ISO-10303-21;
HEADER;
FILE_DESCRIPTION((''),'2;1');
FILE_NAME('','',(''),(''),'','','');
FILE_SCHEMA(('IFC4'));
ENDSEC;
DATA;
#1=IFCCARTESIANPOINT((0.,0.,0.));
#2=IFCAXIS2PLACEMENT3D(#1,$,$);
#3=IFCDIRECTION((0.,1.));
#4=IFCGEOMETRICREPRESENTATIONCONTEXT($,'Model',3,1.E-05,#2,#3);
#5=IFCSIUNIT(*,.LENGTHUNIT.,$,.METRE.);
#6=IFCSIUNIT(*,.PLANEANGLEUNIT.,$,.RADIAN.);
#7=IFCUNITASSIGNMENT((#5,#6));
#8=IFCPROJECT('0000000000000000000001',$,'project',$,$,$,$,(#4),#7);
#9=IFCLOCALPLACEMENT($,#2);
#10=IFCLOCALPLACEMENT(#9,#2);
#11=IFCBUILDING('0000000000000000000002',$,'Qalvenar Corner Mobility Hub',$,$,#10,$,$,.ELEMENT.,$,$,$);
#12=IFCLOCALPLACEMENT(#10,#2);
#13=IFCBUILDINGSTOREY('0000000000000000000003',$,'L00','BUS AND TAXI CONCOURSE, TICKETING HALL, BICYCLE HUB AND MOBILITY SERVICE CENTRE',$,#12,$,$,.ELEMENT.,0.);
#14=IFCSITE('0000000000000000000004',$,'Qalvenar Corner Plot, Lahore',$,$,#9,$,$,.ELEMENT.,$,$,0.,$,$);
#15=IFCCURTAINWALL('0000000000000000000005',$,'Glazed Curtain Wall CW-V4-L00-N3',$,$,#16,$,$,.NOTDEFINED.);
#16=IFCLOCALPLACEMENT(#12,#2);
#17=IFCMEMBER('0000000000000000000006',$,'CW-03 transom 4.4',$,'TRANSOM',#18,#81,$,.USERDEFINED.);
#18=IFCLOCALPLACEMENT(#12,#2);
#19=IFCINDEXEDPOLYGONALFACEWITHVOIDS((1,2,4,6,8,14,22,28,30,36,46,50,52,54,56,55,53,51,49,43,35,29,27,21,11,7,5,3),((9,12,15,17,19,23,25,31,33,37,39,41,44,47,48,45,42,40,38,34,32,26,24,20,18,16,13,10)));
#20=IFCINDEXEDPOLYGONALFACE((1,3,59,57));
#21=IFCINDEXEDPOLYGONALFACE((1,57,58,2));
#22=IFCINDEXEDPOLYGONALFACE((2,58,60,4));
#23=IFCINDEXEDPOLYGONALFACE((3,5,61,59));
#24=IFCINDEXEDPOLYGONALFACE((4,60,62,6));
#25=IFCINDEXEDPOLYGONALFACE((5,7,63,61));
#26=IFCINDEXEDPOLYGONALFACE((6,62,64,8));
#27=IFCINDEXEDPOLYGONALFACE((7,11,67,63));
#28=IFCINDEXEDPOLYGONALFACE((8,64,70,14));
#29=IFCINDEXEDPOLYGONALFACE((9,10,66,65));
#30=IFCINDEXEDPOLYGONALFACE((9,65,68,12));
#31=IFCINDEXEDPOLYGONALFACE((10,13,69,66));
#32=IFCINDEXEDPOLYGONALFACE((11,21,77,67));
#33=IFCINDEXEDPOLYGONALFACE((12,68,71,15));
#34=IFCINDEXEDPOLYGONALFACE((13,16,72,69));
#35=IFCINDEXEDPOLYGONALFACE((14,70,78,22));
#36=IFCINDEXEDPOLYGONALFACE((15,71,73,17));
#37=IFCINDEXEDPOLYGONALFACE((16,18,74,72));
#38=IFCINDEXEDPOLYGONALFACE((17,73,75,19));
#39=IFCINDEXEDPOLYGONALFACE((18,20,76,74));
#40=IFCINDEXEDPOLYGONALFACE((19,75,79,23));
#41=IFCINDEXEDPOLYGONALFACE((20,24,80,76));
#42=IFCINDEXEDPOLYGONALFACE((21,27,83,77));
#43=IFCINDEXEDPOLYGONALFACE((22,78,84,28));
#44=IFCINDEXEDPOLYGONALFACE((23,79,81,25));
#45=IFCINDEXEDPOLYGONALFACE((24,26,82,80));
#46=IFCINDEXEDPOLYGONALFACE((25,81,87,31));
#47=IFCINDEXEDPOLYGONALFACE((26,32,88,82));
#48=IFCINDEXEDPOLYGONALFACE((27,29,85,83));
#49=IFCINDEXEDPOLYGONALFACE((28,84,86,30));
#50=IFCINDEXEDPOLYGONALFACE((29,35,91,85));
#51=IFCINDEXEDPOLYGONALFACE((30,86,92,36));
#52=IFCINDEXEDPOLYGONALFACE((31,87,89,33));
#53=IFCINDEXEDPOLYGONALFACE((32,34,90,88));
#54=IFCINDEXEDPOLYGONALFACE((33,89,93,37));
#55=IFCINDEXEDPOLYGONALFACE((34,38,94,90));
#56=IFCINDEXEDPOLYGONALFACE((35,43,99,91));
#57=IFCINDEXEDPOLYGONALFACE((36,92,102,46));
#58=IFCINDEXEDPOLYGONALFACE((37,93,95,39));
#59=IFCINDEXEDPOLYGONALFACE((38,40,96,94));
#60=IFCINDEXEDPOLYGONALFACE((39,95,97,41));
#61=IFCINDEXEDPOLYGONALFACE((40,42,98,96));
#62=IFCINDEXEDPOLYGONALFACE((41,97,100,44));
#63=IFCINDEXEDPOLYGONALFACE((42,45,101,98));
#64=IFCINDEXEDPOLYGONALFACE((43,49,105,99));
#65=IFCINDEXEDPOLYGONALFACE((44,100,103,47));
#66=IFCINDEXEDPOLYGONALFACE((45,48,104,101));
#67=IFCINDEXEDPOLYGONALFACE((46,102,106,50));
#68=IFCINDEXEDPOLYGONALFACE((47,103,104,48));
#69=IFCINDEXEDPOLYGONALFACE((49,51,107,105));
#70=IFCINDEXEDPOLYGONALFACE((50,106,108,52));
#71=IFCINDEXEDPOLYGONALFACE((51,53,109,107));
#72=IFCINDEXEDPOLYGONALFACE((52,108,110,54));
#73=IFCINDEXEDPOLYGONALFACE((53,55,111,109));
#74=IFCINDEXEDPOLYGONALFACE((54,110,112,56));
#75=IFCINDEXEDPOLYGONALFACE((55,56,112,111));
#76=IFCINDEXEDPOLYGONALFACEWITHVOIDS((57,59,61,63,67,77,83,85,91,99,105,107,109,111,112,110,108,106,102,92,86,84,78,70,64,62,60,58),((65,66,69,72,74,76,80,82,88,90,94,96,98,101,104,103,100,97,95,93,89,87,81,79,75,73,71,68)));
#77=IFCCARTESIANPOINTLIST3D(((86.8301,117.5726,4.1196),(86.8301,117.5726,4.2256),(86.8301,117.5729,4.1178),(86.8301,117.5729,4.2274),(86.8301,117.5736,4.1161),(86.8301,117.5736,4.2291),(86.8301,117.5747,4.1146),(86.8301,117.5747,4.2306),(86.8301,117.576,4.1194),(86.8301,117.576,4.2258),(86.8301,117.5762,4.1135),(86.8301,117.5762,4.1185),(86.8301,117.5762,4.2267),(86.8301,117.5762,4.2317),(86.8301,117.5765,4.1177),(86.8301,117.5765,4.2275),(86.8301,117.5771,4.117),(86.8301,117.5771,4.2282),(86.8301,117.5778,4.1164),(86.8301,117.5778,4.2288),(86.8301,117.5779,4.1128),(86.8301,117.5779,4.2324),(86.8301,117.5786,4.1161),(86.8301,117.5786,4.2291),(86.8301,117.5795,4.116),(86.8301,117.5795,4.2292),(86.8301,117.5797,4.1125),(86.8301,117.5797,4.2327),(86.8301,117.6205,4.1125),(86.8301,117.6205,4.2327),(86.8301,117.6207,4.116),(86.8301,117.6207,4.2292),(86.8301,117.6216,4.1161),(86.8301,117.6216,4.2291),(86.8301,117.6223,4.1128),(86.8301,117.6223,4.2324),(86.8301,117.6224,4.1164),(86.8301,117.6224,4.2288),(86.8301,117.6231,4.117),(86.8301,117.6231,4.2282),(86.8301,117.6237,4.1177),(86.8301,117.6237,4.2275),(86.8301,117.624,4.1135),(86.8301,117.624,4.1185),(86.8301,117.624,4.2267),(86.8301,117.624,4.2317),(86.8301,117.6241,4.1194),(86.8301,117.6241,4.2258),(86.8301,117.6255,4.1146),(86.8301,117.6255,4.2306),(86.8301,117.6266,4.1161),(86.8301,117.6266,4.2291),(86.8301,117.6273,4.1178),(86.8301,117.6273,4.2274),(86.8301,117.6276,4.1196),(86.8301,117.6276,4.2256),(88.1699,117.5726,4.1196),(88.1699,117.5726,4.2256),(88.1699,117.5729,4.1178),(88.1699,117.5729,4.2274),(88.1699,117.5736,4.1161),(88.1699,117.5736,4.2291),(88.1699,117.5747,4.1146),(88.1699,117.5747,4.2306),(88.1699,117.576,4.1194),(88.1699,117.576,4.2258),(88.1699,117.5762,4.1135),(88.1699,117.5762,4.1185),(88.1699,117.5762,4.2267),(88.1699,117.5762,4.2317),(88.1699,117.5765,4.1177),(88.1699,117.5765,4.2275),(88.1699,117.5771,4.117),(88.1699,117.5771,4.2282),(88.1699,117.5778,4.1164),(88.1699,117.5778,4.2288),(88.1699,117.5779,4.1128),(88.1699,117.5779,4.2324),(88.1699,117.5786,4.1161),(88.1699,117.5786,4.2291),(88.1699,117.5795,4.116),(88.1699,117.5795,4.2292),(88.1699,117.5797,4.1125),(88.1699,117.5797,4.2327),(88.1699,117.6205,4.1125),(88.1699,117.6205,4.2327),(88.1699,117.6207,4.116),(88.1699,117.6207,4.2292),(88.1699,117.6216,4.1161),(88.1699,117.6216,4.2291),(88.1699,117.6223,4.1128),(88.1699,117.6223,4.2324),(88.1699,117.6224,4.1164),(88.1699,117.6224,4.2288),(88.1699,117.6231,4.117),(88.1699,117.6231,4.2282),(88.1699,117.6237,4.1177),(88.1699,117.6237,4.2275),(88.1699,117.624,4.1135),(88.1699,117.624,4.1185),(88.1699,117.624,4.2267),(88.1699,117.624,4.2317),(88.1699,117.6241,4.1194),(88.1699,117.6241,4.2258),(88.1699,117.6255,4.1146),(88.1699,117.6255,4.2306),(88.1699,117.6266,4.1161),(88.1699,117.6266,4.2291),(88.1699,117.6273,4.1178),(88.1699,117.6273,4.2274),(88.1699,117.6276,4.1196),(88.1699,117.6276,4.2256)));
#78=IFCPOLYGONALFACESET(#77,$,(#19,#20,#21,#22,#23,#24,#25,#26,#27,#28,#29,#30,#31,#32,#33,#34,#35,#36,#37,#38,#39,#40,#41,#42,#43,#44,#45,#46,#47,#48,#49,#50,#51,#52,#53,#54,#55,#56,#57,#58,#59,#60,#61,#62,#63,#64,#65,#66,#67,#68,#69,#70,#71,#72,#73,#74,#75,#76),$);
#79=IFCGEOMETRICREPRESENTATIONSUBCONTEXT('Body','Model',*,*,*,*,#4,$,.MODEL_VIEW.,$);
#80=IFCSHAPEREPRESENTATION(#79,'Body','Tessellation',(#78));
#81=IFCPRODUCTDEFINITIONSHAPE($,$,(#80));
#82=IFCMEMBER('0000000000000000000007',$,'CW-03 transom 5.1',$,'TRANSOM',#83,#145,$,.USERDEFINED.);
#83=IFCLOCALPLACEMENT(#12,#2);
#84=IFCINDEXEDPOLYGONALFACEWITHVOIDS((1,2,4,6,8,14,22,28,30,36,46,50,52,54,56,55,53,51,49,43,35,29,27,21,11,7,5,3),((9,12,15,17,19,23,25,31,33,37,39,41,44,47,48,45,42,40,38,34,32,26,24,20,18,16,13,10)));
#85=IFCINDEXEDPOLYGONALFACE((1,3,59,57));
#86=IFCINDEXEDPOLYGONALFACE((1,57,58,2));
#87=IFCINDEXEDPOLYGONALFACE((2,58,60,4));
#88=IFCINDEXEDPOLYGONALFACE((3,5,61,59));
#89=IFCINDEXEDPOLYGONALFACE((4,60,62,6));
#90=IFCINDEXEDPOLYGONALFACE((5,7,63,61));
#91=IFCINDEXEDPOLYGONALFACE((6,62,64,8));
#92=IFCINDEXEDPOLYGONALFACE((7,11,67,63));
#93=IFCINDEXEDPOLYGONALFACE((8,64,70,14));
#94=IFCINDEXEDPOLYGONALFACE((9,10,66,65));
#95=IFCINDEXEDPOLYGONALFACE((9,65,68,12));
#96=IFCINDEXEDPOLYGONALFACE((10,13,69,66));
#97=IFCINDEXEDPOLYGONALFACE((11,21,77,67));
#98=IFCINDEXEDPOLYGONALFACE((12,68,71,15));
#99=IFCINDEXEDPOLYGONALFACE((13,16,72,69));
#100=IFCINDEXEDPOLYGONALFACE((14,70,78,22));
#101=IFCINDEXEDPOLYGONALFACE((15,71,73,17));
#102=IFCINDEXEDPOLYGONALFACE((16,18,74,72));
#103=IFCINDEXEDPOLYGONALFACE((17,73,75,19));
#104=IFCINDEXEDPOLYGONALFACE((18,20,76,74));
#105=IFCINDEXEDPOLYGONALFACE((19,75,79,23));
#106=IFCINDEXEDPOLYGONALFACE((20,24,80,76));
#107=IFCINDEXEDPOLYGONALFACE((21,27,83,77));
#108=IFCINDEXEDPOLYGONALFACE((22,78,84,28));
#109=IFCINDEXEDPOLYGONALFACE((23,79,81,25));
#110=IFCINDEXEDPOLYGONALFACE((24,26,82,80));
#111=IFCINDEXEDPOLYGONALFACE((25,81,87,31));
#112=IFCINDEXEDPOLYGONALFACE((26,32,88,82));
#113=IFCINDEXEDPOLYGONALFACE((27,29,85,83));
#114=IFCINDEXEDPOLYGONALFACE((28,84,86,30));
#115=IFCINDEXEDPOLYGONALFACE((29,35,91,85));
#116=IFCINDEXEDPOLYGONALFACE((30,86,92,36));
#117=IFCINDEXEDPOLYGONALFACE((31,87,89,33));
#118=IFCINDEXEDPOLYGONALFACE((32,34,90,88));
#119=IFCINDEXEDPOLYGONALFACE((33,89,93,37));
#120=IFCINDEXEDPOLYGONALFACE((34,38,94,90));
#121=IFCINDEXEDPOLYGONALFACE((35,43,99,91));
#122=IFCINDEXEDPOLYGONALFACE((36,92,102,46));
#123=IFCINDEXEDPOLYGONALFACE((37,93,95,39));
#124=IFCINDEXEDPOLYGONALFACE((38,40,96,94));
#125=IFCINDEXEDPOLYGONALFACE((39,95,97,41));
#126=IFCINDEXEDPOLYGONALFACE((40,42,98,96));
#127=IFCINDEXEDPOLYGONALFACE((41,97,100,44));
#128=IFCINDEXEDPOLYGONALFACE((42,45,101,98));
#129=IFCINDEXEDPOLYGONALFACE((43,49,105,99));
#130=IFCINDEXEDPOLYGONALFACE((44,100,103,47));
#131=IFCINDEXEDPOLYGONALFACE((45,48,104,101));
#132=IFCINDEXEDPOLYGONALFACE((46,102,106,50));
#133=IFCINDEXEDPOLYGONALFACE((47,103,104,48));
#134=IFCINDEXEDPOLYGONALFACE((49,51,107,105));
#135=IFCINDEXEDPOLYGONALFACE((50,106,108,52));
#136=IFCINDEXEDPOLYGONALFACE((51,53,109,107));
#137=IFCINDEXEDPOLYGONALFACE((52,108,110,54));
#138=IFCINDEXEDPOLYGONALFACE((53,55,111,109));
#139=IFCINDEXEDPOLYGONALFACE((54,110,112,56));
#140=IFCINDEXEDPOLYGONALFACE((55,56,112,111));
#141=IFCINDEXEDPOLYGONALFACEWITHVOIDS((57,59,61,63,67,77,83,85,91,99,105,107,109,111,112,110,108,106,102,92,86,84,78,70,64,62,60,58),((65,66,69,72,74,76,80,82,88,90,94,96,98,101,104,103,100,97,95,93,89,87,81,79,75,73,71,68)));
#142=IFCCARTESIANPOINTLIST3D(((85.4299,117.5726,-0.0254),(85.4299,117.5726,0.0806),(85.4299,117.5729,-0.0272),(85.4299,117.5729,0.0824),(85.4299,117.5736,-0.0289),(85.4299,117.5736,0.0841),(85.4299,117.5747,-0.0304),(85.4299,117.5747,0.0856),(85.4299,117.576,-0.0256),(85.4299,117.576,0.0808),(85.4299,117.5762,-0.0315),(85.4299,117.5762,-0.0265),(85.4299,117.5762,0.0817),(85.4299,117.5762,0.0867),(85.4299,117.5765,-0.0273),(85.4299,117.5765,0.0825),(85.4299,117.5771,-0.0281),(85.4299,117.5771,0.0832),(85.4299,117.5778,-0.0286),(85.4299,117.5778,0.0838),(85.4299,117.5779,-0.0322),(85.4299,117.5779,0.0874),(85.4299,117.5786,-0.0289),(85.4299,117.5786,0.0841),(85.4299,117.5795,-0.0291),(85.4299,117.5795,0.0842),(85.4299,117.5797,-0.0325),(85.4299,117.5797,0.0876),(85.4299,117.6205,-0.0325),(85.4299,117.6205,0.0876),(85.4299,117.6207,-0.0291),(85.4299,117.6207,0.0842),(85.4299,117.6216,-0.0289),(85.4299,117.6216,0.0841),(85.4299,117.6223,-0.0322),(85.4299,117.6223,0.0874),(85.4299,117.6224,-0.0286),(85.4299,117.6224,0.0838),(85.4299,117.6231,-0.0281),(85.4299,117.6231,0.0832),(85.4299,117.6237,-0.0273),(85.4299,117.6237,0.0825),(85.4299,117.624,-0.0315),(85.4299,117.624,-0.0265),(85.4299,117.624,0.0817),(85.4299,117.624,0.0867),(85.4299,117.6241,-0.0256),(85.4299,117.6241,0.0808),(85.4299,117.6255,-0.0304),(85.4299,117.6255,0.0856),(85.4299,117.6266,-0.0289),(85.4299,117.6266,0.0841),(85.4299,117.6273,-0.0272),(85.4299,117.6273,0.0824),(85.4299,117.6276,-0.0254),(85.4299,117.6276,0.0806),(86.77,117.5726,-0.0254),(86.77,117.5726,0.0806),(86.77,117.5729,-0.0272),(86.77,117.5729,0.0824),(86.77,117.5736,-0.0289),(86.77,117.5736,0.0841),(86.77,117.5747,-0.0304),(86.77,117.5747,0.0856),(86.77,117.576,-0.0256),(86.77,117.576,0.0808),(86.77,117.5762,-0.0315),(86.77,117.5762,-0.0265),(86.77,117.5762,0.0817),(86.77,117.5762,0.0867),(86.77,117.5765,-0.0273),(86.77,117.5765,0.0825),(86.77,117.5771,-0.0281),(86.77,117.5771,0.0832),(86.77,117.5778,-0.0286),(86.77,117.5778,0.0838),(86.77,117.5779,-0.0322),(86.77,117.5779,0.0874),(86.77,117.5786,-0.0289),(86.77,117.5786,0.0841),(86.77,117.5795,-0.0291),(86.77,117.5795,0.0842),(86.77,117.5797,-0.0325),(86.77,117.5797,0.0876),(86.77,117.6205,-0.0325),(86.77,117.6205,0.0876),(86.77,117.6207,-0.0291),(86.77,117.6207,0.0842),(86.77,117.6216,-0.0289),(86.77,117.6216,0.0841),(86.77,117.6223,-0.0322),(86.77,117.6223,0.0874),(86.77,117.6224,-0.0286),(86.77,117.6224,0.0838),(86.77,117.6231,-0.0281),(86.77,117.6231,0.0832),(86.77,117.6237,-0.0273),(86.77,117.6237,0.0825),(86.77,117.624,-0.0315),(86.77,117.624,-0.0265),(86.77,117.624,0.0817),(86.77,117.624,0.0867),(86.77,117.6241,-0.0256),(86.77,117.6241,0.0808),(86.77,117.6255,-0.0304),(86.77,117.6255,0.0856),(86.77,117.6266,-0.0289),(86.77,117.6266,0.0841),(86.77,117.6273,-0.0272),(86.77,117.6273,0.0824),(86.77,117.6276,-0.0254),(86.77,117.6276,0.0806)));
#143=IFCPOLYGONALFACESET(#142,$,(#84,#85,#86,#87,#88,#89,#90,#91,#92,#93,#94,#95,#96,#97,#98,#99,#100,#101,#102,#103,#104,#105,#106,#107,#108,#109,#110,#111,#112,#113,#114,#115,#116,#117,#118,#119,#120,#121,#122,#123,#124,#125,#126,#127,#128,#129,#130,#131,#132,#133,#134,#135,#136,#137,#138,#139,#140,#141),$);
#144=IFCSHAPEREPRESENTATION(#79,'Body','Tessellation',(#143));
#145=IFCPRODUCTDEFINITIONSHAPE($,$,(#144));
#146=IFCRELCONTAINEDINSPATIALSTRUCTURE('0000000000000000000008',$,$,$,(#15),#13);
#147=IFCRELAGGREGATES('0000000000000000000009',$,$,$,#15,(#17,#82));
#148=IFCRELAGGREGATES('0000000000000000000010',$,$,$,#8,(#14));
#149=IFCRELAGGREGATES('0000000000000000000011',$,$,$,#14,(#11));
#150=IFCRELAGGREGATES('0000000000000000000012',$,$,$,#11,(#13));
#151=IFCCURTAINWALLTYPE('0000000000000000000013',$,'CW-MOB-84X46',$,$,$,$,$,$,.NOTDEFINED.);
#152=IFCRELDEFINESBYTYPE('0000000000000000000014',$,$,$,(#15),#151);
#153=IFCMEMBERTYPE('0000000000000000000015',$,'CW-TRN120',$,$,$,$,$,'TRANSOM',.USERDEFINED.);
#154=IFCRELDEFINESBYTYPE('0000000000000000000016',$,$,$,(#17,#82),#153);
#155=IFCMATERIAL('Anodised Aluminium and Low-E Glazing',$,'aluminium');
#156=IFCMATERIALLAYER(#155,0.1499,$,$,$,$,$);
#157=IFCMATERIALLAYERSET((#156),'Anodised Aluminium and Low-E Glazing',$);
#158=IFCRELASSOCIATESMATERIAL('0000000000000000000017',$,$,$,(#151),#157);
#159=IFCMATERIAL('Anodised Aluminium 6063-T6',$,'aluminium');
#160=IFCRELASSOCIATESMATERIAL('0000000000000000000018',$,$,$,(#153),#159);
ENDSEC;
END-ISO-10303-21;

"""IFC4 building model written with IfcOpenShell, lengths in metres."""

from ifc_helpers import new_model, si_unit, direction, frame, origin, origin_2d, place, context, subcontext, project, spatial, hollow_rectangle, extrude, material, layer, layer_set, material_profile, profile_set, type_object, element, aggregate, save


model = new_model("IFC4")

# Units and contexts
model_context = context("Model", 3, precision=1e-05, world=origin(), true_north=direction((0.0, 1.0)))
body_context = subcontext(model_context, "Body", "Model", "MODEL_VIEW")
ifc_project = project(units=[si_unit("LENGTHUNIT", "METRE"), si_unit("PLANEANGLEUNIT", "RADIAN")], contexts=[model_context])

# Site, building, storey
site_placement = place(None, origin())
site = spatial("IfcSite", under=ifc_project, at=site_placement, Name="Qalvenar Corner Plot, Lahore", CompositionType="ELEMENT", RefElevation=0.0)
building_placement = place(site_placement, origin())
building = spatial("IfcBuilding", under=site, at=building_placement, Name="Qalvenar Corner Mobility Hub", CompositionType="ELEMENT")
storey_placement = place(building_placement, origin())
storey = spatial("IfcBuildingStorey", under=building, at=storey_placement, Name="L00", Description="BUS AND TAXI CONCOURSE, TICKETING HALL, BICYCLE HUB AND MOBILITY SERVICE CENTRE", CompositionType="ELEMENT", Elevation=0.0)

# Curtain wall, members
ifc_material_1 = material(Name="Anodised Aluminium and Low-E Glazing", Category="aluminium")
ifc_layer_1 = layer(ifc_material_1, 0.1499)
ifc_layer_set_1 = layer_set([ifc_layer_1], Name="Anodised Aluminium and Low-E Glazing")
curtain_wall_type = type_object("IfcCurtainWallType", Name="CW-MOB-84X46", PredefinedType="NOTDEFINED", material=ifc_layer_set_1)
curtain_wall_placement = place(storey_placement, origin())
curtain_wall = element("IfcCurtainWall", 1, at=curtain_wall_placement, inside=storey, type_object=curtain_wall_type, Name="Glazed Curtain Wall CW-V4-L00-N3", PredefinedType="NOTDEFINED")
ifc_material_2 = material(Name="Anodised Aluminium 6063-T6", Category="aluminium")
ifc_material_profile_1 = material_profile(ifc_material_2, hollow_rectangle(XDim=0.0549, YDim=0.1201, WallThickness=0.0034, InnerFilletRadius=0.0034, OuterFilletRadius=0.0071, at=origin_2d()), Name="RHS120x55x3.5")
ifc_profile_set_1 = profile_set([ifc_material_profile_1], Name="Anodised Aluminium 6063-T6")
member_type_1 = type_object("IfcMemberType", Name="CW-TRN120", ElementType="TRANSOM", PredefinedType="USERDEFINED", material=ifc_profile_set_1)
member_1_placement = place(storey_placement, frame((88.1699, 117.6001, 4.1726), z_axis=(-1.0, 0.0, 0.0), x_axis=(0.0, -1.0, 0.0)))
member_1 = element("IfcMember", 2, at=member_1_placement, type_object=member_type_1, Name="CW-03 transom 4.4", ObjectType="TRANSOM", PredefinedType="USERDEFINED", context=body_context, shape_type="SweptSolid", body=[
    extrude(hollow_rectangle(XDim=0.0549, YDim=0.1201, WallThickness=0.0034, InnerFilletRadius=0.0034, OuterFilletRadius=0.0071, at=origin_2d()), origin(), (0.0, 0.0, 1.0), 1.3398),
])
member_2_placement = place(storey_placement, frame((86.77, 117.6001, 0.0276), z_axis=(-1.0, 0.0, 0.0), x_axis=(0.0, -1.0, 0.0)))
member_2 = element("IfcMember", 3, at=member_2_placement, type_object=member_type_1, Name="CW-03 transom 5.1", ObjectType="TRANSOM", PredefinedType="USERDEFINED", context=body_context, shape_type="SweptSolid", body=[
    extrude(hollow_rectangle(XDim=0.0549, YDim=0.1201, WallThickness=0.0034, InnerFilletRadius=0.0034, OuterFilletRadius=0.0071, at=origin_2d()), origin(), (0.0, 0.0, 1.0), 1.3401),
])
aggregate(curtain_wall, [member_1, member_2])

save(model, "model.ifc")
